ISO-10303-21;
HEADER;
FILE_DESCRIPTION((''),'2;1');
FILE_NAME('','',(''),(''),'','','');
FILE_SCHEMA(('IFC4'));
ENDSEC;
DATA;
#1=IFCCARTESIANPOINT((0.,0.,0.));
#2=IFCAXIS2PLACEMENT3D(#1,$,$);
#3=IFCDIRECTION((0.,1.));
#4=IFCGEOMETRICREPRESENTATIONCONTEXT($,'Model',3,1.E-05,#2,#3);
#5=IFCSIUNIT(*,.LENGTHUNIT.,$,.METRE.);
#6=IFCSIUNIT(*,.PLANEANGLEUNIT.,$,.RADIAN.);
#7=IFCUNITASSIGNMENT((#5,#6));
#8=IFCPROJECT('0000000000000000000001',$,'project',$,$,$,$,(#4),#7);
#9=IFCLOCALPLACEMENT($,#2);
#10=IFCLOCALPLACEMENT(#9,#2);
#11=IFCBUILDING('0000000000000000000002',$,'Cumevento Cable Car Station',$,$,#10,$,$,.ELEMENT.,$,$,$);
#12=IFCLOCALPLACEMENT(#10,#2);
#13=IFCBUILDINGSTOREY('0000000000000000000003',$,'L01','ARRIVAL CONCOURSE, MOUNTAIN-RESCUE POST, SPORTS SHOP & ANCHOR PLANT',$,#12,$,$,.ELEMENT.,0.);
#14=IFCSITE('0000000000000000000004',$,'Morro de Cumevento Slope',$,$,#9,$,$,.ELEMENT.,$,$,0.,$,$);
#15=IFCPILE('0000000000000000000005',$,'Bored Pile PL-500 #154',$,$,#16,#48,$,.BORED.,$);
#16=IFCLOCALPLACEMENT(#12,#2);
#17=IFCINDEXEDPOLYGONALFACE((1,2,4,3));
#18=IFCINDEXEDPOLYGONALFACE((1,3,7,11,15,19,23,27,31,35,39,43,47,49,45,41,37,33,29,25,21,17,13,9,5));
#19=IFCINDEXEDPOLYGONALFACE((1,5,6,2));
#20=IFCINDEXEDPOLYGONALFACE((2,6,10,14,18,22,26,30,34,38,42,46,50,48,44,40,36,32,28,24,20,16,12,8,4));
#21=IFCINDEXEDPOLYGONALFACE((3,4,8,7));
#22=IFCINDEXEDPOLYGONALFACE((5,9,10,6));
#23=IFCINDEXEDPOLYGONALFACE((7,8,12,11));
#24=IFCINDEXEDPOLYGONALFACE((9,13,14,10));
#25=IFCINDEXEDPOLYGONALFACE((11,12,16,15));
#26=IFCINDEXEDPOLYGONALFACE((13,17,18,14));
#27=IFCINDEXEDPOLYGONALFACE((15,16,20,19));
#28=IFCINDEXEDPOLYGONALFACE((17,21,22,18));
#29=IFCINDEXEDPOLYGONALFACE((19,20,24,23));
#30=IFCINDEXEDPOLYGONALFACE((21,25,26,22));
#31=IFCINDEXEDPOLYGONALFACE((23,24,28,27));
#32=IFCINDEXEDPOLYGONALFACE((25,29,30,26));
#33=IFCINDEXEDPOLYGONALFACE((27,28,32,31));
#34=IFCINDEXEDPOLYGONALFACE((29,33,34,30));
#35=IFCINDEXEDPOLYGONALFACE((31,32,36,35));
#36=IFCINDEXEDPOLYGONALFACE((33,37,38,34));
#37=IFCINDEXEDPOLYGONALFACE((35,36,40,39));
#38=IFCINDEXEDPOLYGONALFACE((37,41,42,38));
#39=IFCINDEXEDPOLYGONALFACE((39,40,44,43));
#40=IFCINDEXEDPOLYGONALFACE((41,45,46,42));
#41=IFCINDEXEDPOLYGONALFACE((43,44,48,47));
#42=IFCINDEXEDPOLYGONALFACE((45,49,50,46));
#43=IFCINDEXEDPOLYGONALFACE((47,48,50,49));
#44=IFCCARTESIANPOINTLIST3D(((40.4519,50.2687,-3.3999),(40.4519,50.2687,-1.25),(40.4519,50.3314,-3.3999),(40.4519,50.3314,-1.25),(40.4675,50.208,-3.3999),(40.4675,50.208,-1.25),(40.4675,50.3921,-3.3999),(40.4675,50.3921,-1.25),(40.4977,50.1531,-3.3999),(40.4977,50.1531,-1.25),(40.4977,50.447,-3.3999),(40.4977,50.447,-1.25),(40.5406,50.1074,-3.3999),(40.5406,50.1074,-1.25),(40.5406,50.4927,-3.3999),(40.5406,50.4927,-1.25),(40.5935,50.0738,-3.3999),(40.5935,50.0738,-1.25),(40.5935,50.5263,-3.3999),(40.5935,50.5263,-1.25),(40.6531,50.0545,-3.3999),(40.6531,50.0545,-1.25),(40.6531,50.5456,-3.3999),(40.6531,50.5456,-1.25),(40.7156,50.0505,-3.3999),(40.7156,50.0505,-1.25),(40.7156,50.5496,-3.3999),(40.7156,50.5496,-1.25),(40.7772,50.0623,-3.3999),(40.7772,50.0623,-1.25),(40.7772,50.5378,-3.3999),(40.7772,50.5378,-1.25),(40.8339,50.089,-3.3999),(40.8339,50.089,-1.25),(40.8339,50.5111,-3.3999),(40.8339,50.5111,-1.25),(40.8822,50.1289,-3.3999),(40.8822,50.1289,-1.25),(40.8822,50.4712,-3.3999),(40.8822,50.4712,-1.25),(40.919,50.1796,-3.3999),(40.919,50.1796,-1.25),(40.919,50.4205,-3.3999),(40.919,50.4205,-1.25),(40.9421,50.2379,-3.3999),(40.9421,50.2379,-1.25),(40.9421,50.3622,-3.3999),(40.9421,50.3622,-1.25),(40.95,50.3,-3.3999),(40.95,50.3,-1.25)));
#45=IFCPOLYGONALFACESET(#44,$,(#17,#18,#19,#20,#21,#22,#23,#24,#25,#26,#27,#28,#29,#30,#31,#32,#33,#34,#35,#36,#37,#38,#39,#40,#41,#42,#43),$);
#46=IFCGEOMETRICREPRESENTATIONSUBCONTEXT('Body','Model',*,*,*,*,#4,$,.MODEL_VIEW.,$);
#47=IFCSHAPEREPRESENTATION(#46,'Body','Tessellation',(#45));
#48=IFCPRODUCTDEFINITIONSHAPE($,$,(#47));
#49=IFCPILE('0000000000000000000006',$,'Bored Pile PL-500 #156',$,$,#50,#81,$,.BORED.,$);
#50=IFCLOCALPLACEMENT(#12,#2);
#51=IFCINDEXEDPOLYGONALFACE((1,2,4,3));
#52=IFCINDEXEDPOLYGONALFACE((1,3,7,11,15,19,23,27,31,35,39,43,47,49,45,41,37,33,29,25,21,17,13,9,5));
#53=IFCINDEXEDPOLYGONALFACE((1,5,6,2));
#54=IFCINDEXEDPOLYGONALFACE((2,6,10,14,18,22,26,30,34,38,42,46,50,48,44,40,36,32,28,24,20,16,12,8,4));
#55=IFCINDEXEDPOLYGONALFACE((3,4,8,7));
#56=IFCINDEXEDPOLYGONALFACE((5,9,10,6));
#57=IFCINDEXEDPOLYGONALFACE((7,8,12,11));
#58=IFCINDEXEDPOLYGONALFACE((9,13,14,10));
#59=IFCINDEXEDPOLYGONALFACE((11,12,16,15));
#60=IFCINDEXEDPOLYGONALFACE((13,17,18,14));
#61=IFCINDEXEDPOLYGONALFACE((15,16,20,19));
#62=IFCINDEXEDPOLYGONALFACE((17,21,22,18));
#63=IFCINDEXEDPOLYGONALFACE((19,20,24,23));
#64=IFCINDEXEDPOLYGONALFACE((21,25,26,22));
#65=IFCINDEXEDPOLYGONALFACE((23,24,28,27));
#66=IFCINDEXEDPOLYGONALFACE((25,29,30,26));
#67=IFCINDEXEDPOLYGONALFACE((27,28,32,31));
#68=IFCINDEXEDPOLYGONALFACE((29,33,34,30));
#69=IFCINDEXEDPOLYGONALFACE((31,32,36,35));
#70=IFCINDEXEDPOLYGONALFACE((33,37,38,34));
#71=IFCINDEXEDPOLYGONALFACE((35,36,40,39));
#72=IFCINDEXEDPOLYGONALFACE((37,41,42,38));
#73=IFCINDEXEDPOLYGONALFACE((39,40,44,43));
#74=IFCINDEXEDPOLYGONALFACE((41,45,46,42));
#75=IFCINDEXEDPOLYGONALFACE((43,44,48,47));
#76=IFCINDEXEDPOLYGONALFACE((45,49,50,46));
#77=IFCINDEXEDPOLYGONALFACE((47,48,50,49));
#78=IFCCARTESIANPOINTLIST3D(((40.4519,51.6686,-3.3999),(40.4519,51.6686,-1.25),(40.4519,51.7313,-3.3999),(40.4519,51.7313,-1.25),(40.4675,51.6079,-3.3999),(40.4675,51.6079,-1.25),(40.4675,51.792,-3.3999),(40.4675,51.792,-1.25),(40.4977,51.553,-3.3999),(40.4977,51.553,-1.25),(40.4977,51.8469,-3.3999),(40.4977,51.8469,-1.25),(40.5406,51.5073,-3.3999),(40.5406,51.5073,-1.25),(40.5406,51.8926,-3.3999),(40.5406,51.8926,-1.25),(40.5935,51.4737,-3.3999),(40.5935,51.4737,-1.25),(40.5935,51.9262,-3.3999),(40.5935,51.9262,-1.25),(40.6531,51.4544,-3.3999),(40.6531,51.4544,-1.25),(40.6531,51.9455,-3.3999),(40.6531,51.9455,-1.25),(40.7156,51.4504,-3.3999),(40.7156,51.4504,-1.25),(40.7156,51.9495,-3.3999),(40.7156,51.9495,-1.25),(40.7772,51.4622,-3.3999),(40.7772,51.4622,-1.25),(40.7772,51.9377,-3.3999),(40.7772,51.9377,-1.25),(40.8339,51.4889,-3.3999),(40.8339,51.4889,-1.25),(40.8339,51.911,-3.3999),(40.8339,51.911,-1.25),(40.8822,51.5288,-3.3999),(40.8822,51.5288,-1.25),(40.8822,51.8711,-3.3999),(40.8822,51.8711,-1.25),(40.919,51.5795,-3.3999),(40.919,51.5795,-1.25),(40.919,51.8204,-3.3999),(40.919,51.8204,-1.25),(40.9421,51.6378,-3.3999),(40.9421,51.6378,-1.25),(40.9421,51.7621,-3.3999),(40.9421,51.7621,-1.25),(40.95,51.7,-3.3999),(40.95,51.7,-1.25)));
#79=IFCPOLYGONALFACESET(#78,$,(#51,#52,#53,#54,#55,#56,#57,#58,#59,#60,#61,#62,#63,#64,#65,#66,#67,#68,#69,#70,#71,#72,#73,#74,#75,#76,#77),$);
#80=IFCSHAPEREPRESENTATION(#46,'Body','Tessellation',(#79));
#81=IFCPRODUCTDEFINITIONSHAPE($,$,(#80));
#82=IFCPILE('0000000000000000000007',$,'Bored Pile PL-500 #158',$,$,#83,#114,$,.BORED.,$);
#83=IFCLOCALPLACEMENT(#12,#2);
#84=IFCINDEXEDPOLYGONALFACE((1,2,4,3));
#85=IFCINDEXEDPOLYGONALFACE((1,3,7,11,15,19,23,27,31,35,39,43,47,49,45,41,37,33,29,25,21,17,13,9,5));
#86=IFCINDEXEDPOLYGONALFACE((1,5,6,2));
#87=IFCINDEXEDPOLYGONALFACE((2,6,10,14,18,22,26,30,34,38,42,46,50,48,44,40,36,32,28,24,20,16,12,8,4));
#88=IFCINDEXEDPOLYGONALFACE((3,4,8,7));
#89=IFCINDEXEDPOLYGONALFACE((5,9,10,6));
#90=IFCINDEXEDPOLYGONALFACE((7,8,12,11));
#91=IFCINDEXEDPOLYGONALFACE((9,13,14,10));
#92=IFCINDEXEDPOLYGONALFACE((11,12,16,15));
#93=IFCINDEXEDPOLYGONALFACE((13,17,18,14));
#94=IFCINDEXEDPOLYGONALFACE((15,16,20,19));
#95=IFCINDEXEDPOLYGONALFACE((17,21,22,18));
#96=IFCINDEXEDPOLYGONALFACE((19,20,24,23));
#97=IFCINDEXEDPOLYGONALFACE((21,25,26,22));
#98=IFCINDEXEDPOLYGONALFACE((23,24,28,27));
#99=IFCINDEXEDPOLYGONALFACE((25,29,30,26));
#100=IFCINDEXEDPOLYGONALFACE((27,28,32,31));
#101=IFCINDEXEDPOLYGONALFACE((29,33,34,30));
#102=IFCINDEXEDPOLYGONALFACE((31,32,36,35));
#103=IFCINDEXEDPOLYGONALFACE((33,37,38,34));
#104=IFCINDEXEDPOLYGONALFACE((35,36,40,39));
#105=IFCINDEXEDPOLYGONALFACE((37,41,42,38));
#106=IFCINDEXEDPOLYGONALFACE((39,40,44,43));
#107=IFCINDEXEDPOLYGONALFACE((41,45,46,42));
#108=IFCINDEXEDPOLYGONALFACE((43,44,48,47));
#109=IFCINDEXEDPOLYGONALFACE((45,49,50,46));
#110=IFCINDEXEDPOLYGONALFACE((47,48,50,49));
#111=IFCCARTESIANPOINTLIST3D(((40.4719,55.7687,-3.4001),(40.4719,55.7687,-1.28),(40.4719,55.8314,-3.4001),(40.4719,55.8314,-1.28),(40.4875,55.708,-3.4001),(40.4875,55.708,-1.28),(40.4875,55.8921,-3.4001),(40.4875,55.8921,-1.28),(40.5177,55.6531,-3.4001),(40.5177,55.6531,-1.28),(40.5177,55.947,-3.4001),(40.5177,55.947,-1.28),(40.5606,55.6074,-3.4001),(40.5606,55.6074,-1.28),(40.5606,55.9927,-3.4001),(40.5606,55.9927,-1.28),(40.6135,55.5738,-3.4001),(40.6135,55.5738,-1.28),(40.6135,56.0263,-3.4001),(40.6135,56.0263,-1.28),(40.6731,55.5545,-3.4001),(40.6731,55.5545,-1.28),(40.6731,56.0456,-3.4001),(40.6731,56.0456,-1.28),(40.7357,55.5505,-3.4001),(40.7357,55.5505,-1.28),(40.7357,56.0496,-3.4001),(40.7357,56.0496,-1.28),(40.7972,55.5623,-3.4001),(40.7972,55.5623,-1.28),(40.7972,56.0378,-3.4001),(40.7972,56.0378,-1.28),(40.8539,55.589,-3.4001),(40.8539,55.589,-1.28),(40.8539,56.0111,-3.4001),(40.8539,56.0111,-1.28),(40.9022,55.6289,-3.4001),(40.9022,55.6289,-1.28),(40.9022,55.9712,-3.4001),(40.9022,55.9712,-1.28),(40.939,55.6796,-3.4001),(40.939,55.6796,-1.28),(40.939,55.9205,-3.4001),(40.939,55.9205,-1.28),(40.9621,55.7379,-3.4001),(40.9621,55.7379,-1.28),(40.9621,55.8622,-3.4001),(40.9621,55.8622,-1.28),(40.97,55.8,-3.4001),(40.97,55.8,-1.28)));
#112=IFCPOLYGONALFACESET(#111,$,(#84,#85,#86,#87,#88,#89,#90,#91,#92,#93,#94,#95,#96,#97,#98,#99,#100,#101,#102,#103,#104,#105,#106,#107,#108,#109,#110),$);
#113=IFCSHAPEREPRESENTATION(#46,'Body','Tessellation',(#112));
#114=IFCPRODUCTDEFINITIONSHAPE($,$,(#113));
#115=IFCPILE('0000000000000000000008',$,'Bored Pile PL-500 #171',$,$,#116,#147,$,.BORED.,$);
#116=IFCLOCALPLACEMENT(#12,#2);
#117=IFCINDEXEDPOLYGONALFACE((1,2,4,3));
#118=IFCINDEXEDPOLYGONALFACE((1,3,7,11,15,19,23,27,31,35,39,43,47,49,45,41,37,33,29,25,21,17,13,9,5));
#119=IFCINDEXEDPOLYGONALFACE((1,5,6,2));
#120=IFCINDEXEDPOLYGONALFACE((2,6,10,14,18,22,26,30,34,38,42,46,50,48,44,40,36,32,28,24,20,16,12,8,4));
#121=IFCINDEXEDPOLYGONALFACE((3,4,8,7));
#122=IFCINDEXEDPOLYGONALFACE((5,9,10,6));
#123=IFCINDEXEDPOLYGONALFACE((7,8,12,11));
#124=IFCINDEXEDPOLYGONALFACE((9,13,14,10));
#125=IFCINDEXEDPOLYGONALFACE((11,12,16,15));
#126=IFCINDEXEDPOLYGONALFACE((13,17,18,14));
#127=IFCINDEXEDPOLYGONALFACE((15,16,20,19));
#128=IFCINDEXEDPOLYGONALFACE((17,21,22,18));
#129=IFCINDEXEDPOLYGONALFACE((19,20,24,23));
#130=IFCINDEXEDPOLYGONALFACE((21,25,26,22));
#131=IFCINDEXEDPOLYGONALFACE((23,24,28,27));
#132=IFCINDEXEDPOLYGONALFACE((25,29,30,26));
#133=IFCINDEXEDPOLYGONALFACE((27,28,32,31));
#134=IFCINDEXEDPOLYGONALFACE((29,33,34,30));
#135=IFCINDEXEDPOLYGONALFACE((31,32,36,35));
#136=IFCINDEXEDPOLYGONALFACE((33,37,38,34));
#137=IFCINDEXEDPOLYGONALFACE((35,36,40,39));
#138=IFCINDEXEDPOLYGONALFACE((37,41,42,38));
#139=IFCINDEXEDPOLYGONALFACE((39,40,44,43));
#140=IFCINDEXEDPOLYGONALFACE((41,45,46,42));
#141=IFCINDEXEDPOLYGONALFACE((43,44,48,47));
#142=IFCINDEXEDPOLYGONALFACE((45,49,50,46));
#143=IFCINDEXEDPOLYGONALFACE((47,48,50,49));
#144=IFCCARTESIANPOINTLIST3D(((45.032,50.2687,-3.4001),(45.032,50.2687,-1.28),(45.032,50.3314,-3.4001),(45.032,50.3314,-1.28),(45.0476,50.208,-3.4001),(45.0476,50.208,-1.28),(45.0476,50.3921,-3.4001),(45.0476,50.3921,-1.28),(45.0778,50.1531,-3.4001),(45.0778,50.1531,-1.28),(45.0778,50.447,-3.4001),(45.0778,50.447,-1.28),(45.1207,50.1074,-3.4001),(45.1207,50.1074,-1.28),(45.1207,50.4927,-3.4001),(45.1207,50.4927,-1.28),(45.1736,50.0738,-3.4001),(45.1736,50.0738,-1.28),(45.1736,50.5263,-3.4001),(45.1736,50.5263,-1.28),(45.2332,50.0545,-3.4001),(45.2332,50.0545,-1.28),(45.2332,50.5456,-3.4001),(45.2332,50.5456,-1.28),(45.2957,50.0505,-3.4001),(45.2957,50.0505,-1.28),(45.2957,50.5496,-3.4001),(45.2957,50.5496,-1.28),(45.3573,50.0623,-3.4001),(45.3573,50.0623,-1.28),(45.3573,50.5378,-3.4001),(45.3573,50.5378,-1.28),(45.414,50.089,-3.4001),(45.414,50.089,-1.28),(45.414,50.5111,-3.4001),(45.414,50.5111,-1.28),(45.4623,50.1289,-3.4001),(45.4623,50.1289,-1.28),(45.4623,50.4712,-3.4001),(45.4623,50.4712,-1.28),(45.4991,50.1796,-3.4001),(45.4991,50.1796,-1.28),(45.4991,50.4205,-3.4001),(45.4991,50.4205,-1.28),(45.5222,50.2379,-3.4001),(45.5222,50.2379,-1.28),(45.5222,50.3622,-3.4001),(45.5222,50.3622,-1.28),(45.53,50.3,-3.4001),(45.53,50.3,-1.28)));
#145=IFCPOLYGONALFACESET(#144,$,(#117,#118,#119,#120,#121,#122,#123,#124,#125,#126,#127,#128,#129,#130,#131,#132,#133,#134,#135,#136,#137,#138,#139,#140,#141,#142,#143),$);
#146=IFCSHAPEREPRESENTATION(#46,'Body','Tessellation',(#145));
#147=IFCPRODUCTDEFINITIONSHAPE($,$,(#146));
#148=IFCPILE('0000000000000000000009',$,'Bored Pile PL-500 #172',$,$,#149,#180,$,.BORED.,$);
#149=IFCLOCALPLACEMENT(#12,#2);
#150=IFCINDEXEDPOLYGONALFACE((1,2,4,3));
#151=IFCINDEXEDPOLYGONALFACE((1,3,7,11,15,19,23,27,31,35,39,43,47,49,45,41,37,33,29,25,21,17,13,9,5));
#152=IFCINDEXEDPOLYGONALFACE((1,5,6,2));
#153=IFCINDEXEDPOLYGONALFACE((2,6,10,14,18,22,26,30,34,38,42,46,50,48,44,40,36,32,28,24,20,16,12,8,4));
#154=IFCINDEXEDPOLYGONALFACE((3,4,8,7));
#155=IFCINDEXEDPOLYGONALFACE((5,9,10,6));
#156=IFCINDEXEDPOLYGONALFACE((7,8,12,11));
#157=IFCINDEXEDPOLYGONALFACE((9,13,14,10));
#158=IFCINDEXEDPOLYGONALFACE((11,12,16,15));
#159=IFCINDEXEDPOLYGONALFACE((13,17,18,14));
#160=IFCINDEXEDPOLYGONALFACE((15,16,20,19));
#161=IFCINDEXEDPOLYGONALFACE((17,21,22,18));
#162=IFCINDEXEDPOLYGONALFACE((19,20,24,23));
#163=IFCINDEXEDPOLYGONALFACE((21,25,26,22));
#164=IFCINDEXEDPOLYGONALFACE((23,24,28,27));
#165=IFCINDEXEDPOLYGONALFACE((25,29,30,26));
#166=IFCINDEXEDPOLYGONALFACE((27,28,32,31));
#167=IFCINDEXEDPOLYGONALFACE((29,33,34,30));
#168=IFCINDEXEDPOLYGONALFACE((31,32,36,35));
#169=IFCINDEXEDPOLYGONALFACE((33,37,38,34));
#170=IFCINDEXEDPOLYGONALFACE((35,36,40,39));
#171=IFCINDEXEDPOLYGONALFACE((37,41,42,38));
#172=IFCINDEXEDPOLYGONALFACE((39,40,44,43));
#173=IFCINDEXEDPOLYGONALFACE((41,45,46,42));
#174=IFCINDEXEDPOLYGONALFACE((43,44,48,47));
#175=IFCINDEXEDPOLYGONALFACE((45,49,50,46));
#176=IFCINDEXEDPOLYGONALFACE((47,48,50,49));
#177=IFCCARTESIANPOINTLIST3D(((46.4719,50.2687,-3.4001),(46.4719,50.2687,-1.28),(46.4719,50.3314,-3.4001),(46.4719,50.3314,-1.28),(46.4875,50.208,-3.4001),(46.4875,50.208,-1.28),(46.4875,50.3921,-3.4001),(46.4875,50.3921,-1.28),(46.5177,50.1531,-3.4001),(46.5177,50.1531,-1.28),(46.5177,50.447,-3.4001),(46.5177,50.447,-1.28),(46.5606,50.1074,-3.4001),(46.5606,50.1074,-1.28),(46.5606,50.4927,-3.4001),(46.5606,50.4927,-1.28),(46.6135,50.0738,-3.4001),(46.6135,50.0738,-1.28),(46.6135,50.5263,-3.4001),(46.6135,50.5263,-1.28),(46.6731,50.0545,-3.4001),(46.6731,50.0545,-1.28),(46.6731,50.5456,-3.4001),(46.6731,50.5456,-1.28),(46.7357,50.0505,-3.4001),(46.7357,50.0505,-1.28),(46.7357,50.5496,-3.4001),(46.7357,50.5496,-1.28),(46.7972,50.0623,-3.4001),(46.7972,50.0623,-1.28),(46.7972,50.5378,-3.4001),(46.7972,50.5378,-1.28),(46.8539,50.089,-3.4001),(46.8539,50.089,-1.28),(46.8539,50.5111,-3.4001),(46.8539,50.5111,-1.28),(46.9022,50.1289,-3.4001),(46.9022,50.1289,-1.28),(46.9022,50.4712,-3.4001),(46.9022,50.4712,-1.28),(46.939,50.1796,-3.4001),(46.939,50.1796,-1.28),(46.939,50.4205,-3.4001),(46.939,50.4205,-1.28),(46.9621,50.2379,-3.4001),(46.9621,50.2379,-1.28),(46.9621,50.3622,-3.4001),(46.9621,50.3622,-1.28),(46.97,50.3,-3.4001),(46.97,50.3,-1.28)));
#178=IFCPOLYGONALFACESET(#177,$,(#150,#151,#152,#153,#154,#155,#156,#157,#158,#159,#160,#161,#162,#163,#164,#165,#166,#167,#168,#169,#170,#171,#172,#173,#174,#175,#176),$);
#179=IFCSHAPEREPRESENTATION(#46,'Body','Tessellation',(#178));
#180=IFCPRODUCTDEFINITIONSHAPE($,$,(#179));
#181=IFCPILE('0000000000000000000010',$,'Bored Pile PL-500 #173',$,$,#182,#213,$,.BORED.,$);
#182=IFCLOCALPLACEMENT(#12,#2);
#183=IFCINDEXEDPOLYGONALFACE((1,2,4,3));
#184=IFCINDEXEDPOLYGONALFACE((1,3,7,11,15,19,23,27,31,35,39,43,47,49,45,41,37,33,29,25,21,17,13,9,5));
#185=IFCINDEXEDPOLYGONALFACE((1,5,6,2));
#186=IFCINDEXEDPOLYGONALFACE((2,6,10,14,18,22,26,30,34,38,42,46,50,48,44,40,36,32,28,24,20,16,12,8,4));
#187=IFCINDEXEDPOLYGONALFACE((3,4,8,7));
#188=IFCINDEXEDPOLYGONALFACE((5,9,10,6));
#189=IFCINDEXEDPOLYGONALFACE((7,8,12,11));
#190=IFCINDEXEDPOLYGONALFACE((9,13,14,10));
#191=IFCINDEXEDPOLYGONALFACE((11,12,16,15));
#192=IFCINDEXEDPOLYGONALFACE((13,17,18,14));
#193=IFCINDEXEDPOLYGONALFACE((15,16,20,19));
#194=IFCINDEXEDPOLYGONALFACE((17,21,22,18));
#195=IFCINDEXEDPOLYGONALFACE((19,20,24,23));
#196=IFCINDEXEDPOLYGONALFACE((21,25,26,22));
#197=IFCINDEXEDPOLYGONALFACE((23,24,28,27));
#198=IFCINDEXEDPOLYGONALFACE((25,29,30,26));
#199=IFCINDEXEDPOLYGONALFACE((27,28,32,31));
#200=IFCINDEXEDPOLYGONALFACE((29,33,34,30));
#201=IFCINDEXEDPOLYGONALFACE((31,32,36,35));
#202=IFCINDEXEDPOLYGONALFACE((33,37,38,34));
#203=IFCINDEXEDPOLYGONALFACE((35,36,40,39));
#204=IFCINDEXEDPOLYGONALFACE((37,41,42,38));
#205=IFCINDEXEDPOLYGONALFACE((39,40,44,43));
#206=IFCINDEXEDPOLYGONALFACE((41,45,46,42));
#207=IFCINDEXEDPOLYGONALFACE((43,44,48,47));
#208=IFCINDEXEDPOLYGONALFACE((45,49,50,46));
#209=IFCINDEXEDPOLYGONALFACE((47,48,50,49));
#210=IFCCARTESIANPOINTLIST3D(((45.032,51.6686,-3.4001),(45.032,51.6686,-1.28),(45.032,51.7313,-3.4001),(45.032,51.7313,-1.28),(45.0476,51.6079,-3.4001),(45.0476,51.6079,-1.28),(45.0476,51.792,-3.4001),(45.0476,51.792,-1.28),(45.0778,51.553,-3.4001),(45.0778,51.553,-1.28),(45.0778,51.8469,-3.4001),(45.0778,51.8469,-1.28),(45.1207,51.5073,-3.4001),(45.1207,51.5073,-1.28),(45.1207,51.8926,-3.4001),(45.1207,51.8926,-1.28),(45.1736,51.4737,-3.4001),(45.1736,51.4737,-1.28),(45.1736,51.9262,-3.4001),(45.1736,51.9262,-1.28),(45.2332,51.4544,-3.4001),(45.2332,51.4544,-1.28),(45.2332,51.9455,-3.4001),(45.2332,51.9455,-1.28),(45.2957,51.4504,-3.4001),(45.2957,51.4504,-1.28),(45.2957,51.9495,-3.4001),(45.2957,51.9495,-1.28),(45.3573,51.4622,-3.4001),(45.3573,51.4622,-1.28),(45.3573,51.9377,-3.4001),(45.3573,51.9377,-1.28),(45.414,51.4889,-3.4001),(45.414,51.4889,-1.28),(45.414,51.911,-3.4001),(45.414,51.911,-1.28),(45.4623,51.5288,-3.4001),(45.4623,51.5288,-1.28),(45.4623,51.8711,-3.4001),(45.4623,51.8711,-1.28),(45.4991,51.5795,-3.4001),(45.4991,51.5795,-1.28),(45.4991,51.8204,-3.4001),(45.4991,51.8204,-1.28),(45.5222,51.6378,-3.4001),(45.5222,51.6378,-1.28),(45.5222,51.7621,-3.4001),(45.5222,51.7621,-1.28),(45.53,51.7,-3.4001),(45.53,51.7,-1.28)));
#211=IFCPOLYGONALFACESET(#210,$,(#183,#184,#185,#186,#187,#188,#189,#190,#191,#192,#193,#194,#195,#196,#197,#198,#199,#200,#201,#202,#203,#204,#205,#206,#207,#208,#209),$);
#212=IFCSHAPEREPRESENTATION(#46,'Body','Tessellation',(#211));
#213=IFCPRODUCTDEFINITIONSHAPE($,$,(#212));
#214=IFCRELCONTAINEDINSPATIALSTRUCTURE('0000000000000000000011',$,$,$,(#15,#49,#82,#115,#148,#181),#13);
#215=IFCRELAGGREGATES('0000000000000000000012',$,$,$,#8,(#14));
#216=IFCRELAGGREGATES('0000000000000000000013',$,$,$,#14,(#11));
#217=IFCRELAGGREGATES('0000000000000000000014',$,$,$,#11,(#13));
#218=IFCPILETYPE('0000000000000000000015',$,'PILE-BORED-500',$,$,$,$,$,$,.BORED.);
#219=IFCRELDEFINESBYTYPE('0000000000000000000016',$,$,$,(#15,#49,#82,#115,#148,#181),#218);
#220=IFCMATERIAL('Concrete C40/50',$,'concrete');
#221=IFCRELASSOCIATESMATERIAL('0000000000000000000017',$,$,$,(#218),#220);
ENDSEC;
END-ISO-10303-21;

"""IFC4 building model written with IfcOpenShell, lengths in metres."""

from ifc_helpers import new_model, si_unit, direction, frame, origin, origin_2d, place, context, subcontext, project, spatial, circle, extrude, material, material_profile, profile_set, type_object, element, save


model = new_model("IFC4")

# Units and contexts
model_context = context("Model", 3, precision=1e-05, world=origin(), true_north=direction((0.0, 1.0)))
body_context = subcontext(model_context, "Body", "Model", "MODEL_VIEW")
ifc_project = project(units=[si_unit("LENGTHUNIT", "METRE"), si_unit("PLANEANGLEUNIT", "RADIAN")], contexts=[model_context])

# Site, building, storey
site_placement = place(None, origin())
site = spatial("IfcSite", under=ifc_project, at=site_placement, Name="Morro de Cumevento Slope", CompositionType="ELEMENT", RefElevation=0.0)
building_placement = place(site_placement, origin())
building = spatial("IfcBuilding", under=site, at=building_placement, Name="Cumevento Cable Car Station", CompositionType="ELEMENT")
storey_placement = place(building_placement, origin())
storey = spatial("IfcBuildingStorey", under=building, at=storey_placement, Name="L01", Description="ARRIVAL CONCOURSE, MOUNTAIN-RESCUE POST, SPORTS SHOP & ANCHOR PLANT", CompositionType="ELEMENT", Elevation=0.0)

# Piles
ifc_material_1 = material(Name="Concrete C40/50", Category="concrete")
ifc_material_profile_1 = material_profile(ifc_material_1, circle(Radius=0.25, at=origin_2d()), Name="PILE-D500")
ifc_profile_set_1 = profile_set([ifc_material_profile_1], Name="Concrete C40/50")
pile_type = type_object("IfcPileType", Name="PILE-BORED-500", PredefinedType="BORED", material=ifc_profile_set_1)
for number, where, z_axis, x_axis, name in (
    (1, (40.7, 50.3, -1.25), (0.0, 0.0, -1.0), (1.0, 0.0, 0.0), "Bored Pile PL-500 #154"),
    (2, (40.7, 51.7, -1.25), (0.0, 0.0, -1.0), (1.0, 0.0, 0.0), "Bored Pile PL-500 #156"),
):
    element("IfcPile", number, at=place(storey_placement, frame(where, z_axis=z_axis, x_axis=x_axis)), inside=storey, type_object=pile_type, Name=name, PredefinedType="BORED", context=body_context, shape_type="SweptSolid", body=[
        extrude(circle(Radius=0.25, at=origin_2d()), origin(), (0.0, 0.0, 1.0), 2.1499),
    ])
for number, where, z_axis, x_axis, name in (
    (3, (40.72, 55.8, -1.28), (0.0, 0.0, -1.0), (1.0, 0.0, 0.0), "Bored Pile PL-500 #158"),
    (4, (45.28, 50.3, -1.28), (0.0, 0.0, -1.0), (1.0, 0.0, 0.0), "Bored Pile PL-500 #171"),
    (5, (46.72, 50.3, -1.28), (0.0, 0.0, -1.0), (1.0, 0.0, 0.0), "Bored Pile PL-500 #172"),
    (6, (45.28, 51.7, -1.28), (0.0, 0.0, -1.0), (1.0, 0.0, 0.0), "Bored Pile PL-500 #173"),
):
    element("IfcPile", number, at=place(storey_placement, frame(where, z_axis=z_axis, x_axis=x_axis)), inside=storey, type_object=pile_type, Name=name, PredefinedType="BORED", context=body_context, shape_type="SweptSolid", body=[
        extrude(circle(Radius=0.25, at=origin_2d()), origin(), (0.0, 0.0, 1.0), 2.1201),
    ])

save(model, "model.ifc")
